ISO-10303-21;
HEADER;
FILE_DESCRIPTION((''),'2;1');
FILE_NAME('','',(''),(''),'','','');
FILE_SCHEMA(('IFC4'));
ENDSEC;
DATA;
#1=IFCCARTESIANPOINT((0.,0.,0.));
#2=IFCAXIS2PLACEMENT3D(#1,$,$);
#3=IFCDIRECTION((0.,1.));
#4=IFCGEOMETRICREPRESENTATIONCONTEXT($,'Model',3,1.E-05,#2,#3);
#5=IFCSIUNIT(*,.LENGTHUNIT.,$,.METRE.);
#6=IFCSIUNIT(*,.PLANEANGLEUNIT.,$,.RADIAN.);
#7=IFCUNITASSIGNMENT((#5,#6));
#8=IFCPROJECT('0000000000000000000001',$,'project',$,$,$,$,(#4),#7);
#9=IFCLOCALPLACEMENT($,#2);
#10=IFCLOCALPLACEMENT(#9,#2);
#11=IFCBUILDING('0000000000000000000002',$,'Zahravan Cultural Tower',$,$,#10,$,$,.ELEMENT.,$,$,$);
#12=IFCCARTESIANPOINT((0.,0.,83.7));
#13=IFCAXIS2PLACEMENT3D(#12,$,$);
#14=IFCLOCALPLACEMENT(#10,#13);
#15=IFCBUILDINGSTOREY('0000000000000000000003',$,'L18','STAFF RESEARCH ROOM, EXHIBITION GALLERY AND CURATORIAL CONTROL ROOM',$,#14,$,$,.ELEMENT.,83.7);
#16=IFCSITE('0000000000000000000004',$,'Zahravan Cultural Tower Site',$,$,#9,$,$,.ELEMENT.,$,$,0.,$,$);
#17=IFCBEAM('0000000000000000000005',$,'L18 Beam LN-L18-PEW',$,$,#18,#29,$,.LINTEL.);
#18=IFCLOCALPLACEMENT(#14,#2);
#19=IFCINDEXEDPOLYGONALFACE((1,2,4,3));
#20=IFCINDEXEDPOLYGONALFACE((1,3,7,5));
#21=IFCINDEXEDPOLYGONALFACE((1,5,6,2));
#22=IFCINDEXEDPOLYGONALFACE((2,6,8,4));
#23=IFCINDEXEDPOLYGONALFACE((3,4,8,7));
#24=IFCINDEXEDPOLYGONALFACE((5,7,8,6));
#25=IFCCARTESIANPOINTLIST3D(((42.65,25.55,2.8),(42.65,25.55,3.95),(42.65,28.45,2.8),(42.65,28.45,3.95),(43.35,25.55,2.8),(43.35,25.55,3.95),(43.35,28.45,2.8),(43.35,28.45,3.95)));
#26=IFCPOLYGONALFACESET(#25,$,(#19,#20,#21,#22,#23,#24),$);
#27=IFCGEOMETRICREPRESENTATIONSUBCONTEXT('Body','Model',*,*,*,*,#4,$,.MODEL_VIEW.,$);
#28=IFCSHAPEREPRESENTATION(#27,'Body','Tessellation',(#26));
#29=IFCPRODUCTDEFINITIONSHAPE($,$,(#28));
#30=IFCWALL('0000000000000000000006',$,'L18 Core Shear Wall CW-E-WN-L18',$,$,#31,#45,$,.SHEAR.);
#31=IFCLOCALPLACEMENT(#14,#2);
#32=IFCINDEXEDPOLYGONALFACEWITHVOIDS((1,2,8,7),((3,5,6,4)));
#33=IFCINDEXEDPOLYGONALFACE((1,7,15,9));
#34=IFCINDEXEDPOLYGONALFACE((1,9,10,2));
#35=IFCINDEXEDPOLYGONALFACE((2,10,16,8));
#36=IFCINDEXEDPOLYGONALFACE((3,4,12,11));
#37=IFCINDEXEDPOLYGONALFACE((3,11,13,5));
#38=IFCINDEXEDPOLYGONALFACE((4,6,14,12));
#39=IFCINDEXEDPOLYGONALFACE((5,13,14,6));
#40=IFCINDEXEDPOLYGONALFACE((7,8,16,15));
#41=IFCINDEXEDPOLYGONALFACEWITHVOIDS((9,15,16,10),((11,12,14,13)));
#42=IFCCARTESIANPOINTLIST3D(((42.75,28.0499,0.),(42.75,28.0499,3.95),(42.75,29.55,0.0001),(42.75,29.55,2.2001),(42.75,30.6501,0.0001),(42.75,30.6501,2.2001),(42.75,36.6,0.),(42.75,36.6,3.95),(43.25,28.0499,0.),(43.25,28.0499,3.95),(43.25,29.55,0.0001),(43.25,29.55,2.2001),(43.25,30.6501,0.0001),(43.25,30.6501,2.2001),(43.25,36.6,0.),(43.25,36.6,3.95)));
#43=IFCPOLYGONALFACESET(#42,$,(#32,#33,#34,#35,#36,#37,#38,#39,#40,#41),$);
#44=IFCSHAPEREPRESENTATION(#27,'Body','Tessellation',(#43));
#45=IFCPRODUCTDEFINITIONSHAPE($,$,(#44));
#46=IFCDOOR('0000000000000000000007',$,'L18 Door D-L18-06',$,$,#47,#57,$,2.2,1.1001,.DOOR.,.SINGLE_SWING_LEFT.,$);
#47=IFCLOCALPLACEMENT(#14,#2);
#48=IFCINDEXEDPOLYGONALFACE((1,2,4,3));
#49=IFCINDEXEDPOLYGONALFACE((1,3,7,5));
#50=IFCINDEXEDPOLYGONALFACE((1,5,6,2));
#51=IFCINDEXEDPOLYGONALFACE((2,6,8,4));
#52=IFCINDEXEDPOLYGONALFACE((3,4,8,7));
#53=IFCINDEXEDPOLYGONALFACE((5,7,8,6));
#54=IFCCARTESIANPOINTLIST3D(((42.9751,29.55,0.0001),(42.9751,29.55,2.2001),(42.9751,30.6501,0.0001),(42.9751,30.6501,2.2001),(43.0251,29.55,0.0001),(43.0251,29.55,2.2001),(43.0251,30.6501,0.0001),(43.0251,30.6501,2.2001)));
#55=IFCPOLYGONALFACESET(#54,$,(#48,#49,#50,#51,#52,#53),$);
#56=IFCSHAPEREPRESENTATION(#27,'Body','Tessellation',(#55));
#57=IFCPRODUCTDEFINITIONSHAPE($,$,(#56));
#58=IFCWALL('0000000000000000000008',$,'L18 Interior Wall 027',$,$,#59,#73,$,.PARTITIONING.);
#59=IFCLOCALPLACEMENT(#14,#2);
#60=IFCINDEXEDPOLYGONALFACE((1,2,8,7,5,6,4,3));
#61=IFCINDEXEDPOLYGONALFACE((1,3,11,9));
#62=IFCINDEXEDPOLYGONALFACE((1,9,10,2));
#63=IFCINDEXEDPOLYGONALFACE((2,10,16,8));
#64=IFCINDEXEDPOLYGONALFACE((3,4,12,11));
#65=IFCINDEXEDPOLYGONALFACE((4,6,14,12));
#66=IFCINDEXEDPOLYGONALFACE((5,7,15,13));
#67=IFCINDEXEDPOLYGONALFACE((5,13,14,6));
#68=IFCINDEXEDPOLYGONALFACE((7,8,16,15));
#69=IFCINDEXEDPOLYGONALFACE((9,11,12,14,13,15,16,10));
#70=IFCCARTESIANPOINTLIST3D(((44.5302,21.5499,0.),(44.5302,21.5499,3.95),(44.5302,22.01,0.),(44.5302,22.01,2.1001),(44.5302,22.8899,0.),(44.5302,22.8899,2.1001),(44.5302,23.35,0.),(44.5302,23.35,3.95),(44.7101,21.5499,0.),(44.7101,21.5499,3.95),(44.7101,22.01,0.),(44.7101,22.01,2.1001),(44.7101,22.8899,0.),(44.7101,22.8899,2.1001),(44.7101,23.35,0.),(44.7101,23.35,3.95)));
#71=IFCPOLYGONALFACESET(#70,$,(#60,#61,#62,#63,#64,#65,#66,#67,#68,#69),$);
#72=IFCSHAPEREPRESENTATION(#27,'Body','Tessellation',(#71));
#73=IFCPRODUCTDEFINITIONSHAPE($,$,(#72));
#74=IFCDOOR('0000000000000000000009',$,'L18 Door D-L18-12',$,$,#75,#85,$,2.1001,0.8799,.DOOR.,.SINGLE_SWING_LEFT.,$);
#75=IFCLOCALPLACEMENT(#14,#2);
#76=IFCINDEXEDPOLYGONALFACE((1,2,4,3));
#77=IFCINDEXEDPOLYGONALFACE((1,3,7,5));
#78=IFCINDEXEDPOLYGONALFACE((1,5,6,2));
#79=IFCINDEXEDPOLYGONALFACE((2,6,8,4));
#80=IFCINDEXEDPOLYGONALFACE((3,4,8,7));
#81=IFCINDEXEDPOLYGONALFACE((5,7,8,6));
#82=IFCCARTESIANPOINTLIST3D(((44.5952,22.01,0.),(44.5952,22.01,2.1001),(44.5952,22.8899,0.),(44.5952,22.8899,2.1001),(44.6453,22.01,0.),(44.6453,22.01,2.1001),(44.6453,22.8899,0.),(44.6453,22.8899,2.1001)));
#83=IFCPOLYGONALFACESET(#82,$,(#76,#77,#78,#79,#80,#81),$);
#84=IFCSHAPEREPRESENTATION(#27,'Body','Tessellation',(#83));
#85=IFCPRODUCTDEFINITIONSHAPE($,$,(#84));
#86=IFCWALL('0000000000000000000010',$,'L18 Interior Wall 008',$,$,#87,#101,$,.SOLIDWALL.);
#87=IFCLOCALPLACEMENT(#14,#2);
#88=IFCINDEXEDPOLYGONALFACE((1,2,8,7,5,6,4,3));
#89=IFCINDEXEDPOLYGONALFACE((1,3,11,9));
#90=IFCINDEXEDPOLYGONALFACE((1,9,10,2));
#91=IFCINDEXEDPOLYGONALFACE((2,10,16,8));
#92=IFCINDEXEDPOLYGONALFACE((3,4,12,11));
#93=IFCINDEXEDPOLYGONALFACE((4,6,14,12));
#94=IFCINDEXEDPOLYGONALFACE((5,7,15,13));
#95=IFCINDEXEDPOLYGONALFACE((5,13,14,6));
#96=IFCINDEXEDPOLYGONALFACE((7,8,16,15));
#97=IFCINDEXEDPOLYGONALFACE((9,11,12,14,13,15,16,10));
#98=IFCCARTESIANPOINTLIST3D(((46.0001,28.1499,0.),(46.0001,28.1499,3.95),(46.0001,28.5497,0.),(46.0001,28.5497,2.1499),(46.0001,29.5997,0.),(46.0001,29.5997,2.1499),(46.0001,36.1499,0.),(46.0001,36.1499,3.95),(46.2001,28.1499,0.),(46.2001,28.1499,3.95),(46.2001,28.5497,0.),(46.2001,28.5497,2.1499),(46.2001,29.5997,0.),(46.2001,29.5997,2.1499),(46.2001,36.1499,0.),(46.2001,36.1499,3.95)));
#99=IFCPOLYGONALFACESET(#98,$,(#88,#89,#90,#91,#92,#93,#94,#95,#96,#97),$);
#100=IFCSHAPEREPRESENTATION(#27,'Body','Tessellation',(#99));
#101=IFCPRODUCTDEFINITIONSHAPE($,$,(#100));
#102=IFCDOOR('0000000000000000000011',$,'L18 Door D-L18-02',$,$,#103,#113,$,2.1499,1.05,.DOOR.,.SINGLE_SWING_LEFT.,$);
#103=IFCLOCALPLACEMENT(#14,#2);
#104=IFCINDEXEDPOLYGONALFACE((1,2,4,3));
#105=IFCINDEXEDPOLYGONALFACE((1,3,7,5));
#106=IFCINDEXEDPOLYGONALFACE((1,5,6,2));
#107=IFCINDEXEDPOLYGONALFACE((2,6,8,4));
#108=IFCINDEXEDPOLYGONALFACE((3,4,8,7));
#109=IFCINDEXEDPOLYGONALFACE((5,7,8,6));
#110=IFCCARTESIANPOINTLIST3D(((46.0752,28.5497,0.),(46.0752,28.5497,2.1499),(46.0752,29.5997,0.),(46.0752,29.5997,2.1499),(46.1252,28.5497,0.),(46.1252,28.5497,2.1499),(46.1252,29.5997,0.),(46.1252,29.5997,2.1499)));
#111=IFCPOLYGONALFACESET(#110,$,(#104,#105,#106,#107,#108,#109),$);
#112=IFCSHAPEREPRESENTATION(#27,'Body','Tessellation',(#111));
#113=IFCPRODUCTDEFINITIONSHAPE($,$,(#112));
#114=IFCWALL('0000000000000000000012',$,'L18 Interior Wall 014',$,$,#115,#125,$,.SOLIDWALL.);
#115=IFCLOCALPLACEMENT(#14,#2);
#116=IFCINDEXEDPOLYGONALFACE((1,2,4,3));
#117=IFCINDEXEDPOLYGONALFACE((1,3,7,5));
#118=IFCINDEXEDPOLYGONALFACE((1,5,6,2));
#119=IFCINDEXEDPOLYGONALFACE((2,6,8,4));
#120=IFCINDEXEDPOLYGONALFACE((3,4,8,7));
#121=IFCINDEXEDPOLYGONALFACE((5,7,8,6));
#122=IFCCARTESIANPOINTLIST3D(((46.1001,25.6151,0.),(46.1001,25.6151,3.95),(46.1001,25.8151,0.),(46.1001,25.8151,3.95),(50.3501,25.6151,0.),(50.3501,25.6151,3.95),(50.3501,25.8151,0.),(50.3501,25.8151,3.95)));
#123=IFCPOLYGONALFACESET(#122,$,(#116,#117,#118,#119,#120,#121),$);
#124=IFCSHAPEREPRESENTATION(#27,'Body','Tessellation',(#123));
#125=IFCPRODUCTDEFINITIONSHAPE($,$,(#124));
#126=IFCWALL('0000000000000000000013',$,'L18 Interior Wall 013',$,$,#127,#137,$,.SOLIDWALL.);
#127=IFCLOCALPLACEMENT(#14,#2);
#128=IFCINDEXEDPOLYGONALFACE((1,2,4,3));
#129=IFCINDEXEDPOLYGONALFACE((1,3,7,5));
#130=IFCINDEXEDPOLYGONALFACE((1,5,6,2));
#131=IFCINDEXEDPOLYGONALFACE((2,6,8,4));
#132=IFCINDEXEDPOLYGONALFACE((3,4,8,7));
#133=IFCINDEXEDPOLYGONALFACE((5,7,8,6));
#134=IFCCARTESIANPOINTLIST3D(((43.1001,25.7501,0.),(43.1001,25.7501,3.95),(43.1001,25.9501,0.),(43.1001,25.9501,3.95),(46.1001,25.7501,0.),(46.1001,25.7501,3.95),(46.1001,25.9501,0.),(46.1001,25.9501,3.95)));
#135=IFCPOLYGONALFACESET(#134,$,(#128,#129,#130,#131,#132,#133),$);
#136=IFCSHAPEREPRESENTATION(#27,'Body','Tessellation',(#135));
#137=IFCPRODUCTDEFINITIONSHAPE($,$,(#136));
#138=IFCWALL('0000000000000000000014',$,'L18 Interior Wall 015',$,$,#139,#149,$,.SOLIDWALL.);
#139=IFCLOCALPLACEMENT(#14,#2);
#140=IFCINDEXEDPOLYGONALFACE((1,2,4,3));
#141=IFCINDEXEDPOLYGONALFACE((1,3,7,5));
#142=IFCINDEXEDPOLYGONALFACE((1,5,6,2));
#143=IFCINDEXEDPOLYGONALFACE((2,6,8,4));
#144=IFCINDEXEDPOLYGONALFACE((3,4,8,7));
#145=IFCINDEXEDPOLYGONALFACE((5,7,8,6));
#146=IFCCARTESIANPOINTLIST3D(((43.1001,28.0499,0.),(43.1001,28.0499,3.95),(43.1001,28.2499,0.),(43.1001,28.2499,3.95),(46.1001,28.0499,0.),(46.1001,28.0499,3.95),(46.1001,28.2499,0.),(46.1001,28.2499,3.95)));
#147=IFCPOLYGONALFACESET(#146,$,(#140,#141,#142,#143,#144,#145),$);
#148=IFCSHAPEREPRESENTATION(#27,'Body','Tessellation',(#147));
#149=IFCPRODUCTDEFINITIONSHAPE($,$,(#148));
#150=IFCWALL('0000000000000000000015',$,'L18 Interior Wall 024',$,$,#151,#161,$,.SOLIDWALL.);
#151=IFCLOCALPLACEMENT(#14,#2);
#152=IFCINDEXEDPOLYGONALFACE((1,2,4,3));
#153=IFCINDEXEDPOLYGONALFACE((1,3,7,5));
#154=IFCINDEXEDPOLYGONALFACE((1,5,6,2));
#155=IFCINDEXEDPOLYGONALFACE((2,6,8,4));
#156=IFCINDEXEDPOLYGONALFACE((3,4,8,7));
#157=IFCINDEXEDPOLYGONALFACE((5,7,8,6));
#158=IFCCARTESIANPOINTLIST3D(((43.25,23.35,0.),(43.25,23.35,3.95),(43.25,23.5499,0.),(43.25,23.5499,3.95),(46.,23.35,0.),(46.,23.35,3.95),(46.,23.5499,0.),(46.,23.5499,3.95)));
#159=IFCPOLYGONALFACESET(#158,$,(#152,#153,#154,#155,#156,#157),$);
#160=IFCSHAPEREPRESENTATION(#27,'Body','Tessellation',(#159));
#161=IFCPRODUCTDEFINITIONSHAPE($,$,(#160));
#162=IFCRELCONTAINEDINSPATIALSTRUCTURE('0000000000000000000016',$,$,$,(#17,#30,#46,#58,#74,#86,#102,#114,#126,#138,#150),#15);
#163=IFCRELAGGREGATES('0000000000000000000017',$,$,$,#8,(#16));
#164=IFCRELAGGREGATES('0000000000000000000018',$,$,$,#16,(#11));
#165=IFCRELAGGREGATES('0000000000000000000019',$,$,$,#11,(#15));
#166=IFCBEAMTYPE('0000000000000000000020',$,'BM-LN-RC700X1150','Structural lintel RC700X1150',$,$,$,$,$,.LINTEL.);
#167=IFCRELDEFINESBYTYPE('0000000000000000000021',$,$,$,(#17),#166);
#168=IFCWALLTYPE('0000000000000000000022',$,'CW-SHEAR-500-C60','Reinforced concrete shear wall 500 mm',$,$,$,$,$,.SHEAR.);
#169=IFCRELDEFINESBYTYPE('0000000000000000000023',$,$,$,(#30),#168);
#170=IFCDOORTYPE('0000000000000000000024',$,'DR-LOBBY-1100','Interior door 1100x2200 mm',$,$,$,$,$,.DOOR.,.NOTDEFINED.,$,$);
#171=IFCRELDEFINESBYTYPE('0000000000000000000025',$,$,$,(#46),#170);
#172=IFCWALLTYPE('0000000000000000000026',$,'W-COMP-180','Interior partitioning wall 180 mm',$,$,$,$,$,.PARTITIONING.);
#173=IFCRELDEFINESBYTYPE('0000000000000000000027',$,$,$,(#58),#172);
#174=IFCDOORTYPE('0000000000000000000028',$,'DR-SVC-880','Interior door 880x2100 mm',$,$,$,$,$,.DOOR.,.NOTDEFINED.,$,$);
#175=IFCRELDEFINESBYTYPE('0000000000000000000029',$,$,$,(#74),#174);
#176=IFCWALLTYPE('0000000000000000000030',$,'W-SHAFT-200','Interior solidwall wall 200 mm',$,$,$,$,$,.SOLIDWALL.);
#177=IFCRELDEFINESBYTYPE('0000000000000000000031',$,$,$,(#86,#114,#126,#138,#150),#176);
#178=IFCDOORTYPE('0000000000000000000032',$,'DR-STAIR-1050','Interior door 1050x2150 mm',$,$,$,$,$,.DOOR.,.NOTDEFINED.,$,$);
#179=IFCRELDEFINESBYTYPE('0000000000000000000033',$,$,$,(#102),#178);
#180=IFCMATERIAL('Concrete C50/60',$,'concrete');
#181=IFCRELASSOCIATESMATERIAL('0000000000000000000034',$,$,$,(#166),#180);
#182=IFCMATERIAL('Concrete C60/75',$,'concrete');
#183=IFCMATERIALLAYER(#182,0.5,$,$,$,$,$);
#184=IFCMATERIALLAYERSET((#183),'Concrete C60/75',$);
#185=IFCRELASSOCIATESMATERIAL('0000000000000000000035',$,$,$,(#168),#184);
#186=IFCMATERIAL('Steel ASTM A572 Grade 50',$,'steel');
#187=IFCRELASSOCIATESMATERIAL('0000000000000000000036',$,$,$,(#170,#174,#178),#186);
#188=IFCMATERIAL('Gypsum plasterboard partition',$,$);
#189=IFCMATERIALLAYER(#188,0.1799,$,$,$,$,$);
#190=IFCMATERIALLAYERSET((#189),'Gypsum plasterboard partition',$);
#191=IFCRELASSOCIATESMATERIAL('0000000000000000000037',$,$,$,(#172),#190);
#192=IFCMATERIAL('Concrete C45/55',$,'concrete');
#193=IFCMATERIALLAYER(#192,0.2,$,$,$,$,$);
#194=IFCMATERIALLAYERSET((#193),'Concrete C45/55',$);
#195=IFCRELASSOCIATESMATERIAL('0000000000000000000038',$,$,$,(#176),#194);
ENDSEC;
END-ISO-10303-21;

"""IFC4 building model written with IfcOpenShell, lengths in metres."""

from ifc_helpers import new_model, si_unit, direction, frame, frame_2d, origin, origin_2d, place, context, subcontext, project, spatial, rectangle, extrude, source, transform, mapped, material, layer, layer_set, material_profile, profile_set, type_object, element, fill, save


model = new_model("IFC4")

# Units and contexts
model_context = context("Model", 3, precision=1e-05, world=origin(), true_north=direction((0.0, 1.0)))
body_context = subcontext(model_context, "Body", "Model", "MODEL_VIEW")
ifc_project = project(units=[si_unit("LENGTHUNIT", "METRE"), si_unit("PLANEANGLEUNIT", "RADIAN")], contexts=[model_context])

# Site, building, storey
site_placement = place(None, origin())
site = spatial("IfcSite", under=ifc_project, at=site_placement, Name="Zahravan Cultural Tower Site", CompositionType="ELEMENT", RefElevation=0.0)
building_placement = place(site_placement, origin())
building = spatial("IfcBuilding", under=site, at=building_placement, Name="Zahravan Cultural Tower", CompositionType="ELEMENT")
storey_placement = place(building_placement, frame((0.0, 0.0, 83.7)))
storey = spatial("IfcBuildingStorey", under=building, at=storey_placement, Name="L18", Description="STAFF RESEARCH ROOM, EXHIBITION GALLERY AND CURATORIAL CONTROL ROOM", CompositionType="ELEMENT", Elevation=83.7)

# Beam
ifc_material_1 = material(Name="Concrete C50/60", Category="concrete")
ifc_material_profile = material_profile(ifc_material_1, rectangle(XDim=0.7, YDim=1.1499, at=origin_2d()), Name="RC700X1150")
ifc_profile_set = profile_set([ifc_material_profile], Name="Concrete C50/60")
beam_type = type_object("IfcBeamType", Name="BM-LN-RC700X1150", Description="Structural lintel RC700X1150", PredefinedType="LINTEL", material=ifc_profile_set)
shared_shape_1 = source(origin(), body_context, "Body", "SweptSolid", [
    extrude(rectangle(XDim=0.7, YDim=1.1499, at=origin_2d()), origin(), (0.0, 0.0, 1.0), 2.8999),
])
beam_placement = place(storey_placement, frame((43.0, 25.55, 3.375), z_axis=(0.0, 1.0, 0.0), x_axis=(-1.0, 0.0, 0.0)))
element("IfcBeam", 1, at=beam_placement, inside=storey, type_object=beam_type, Name="L18 Beam LN-L18-PEW", PredefinedType="LINTEL", context=body_context, shape_type="MappedRepresentation", body=[
    mapped(shared_shape_1, transform((0.0, 0.0, 0.0), x_axis=(1.0, 0.0, 0.0), y_axis=(0.0, 1.0, 0.0), z_axis=(0.0, 0.0, 1.0), scale=1.0)),
])

# Walls, openings, doors
ifc_material_2 = material(Name="Concrete C60/75", Category="concrete")
ifc_layer_1 = layer(ifc_material_2, 0.5)
ifc_layer_set_1 = layer_set([ifc_layer_1], Name="Concrete C60/75")
wall_type_1 = type_object("IfcWallType", Name="CW-SHEAR-500-C60", Description="Reinforced concrete shear wall 500 mm", PredefinedType="SHEAR", material=ifc_layer_set_1)
wall_1_placement = place(storey_placement, frame((43.0, 28.05, 0.0), z_axis=(0.0, 0.0, 1.0), x_axis=(0.0, 1.0, 0.0)))
wall_1 = element("IfcWall", 2, at=wall_1_placement, inside=storey, type_object=wall_type_1, Name="L18 Core Shear Wall CW-E-WN-L18", PredefinedType="SHEAR", context=body_context, shape_type="SweptSolid", body=[
    extrude(rectangle(XDim=8.55, YDim=0.5, at=frame_2d((4.2749, 0.0))), origin(), (0.0, 0.0, 1.0), 3.95),
])
opening_1_placement = place(wall_1_placement, frame((1.5, 0.0, 0.0)))
opening_1 = element("IfcOpeningElement", 3, at=opening_1_placement, cuts=wall_1, PredefinedType="OPENING", context=body_context, shape_type="SweptSolid", body=[
    extrude(rectangle(XDim=1.1001, YDim=2.2, at=frame_2d((0.55, 1.1001))), frame((0.0, 0.26, 0.0), z_axis=(0.0, -1.0, 0.0), x_axis=(1.0, 0.0, 0.0)), (0.0, 0.0, 1.0), 0.52),
])
ifc_material_3 = material(Name="Steel ASTM A572 Grade 50", Category="steel")
door_type_1 = type_object("IfcDoorType", Name="DR-LOBBY-1100", Description="Interior door 1100x2200 mm", OperationType="NOTDEFINED", PredefinedType="DOOR", material=ifc_material_3)
shared_shape_2 = source(origin(), body_context, "Body", "SweptSolid", [
    extrude(rectangle(XDim=1.1001, YDim=2.2, at=frame_2d((0.55, 1.1001))), frame((0.0, 0.0249, 0.0), z_axis=(0.0, -1.0, 0.0), x_axis=(1.0, 0.0, 0.0)), (0.0, 0.0, 1.0), 0.05),
])
door_1_placement = place(opening_1_placement, origin())
door_1 = element("IfcDoor", 4, at=door_1_placement, inside=storey, type_object=door_type_1, Name="L18 Door D-L18-06", OperationType="SINGLE_SWING_LEFT", OverallHeight=2.2, OverallWidth=1.1001, PredefinedType="DOOR", context=body_context, shape_type="MappedRepresentation", body=[
    mapped(shared_shape_2, transform((0.0, 0.0, 0.0), x_axis=(1.0, 0.0, 0.0), y_axis=(0.0, 1.0, 0.0), z_axis=(0.0, 0.0, 1.0), scale=1.0)),
])
fill(opening_1, door_1)
ifc_material_4 = material(Name="Gypsum plasterboard partition")
ifc_layer_2 = layer(ifc_material_4, 0.1799)
ifc_layer_set_2 = layer_set([ifc_layer_2], Name="Gypsum plasterboard partition")
wall_type_2 = type_object("IfcWallType", Name="W-COMP-180", Description="Interior partitioning wall 180 mm", PredefinedType="PARTITIONING", material=ifc_layer_set_2)
wall_2_placement = place(storey_placement, frame((44.6201, 21.55, 0.0), z_axis=(0.0, 0.0, 1.0), x_axis=(0.0, 1.0, 0.0)))
wall_2 = element("IfcWall", 5, at=wall_2_placement, inside=storey, type_object=wall_type_2, Name="L18 Interior Wall 027", PredefinedType="PARTITIONING", context=body_context, shape_type="SweptSolid", body=[
    extrude(rectangle(XDim=1.8, YDim=0.1799, at=frame_2d((0.8999, 0.0))), origin(), (0.0, 0.0, 1.0), 3.95),
])
opening_2_placement = place(wall_2_placement, frame((0.46, 0.0, 0.0)))
opening_2 = element("IfcOpeningElement", 6, at=opening_2_placement, cuts=wall_2, PredefinedType="OPENING", context=body_context, shape_type="SweptSolid", body=[
    extrude(rectangle(XDim=0.8799, YDim=2.1001, at=frame_2d((0.4399, 1.05))), frame((0.0, 0.0999, 0.0), z_axis=(0.0, -1.0, 0.0), x_axis=(1.0, 0.0, 0.0)), (0.0, 0.0, 1.0), 0.2),
])
door_type_2 = type_object("IfcDoorType", Name="DR-SVC-880", Description="Interior door 880x2100 mm", OperationType="NOTDEFINED", PredefinedType="DOOR", material=ifc_material_3)
shared_shape_3 = source(origin(), body_context, "Body", "SweptSolid", [
    extrude(rectangle(XDim=0.8799, YDim=2.1001, at=frame_2d((0.4399, 1.05))), frame((0.0, 0.0249, 0.0), z_axis=(0.0, -1.0, 0.0), x_axis=(1.0, 0.0, 0.0)), (0.0, 0.0, 1.0), 0.05),
])
door_2_placement = place(opening_2_placement, origin())
door_2 = element("IfcDoor", 7, at=door_2_placement, inside=storey, type_object=door_type_2, Name="L18 Door D-L18-12", OperationType="SINGLE_SWING_LEFT", OverallHeight=2.1001, OverallWidth=0.8799, PredefinedType="DOOR", context=body_context, shape_type="MappedRepresentation", body=[
    mapped(shared_shape_3, transform((0.0, 0.0, 0.0), x_axis=(1.0, 0.0, 0.0), y_axis=(0.0, 1.0, 0.0), z_axis=(0.0, 0.0, 1.0), scale=1.0)),
])
fill(opening_2, door_2)
ifc_material_5 = material(Name="Concrete C45/55", Category="concrete")
ifc_layer_3 = layer(ifc_material_5, 0.2)
ifc_layer_set_3 = layer_set([ifc_layer_3], Name="Concrete C45/55")
wall_type_3 = type_object("IfcWallType", Name="W-SHAFT-200", Description="Interior solidwall wall 200 mm", PredefinedType="SOLIDWALL", material=ifc_layer_set_3)
wall_3_placement = place(storey_placement, frame((46.1001, 28.1499, 0.0), z_axis=(0.0, 0.0, 1.0), x_axis=(0.0, 1.0, 0.0)))
wall_3 = element("IfcWall", 8, at=wall_3_placement, inside=storey, type_object=wall_type_3, Name="L18 Interior Wall 008", PredefinedType="SOLIDWALL", context=body_context, shape_type="SweptSolid", body=[
    extrude(rectangle(XDim=8.0, YDim=0.2, at=frame_2d((4.0, 0.0))), origin(), (0.0, 0.0, 1.0), 3.95),
])
opening_3_placement = place(wall_3_placement, frame((0.3999, 0.0, 0.0)))
opening_3 = element("IfcOpeningElement", 9, at=opening_3_placement, cuts=wall_3, PredefinedType="OPENING", context=body_context, shape_type="SweptSolid", body=[
    extrude(rectangle(XDim=1.05, YDim=2.1499, at=frame_2d((0.5249, 1.075))), frame((0.0, 0.1099, 0.0), z_axis=(0.0, -1.0, 0.0), x_axis=(1.0, 0.0, 0.0)), (0.0, 0.0, 1.0), 0.22),
])
door_type_3 = type_object("IfcDoorType", Name="DR-STAIR-1050", Description="Interior door 1050x2150 mm", OperationType="NOTDEFINED", PredefinedType="DOOR", material=ifc_material_3)
shared_shape_4 = source(origin(), body_context, "Body", "SweptSolid", [
    extrude(rectangle(XDim=1.05, YDim=2.1499, at=frame_2d((0.5249, 1.075))), frame((0.0, 0.0249, 0.0), z_axis=(0.0, -1.0, 0.0), x_axis=(1.0, 0.0, 0.0)), (0.0, 0.0, 1.0), 0.05),
])
door_3_placement = place(opening_3_placement, origin())
door_3 = element("IfcDoor", 10, at=door_3_placement, inside=storey, type_object=door_type_3, Name="L18 Door D-L18-02", OperationType="SINGLE_SWING_LEFT", OverallHeight=2.1499, OverallWidth=1.05, PredefinedType="DOOR", context=body_context, shape_type="MappedRepresentation", body=[
    mapped(shared_shape_4, transform((0.0, 0.0, 0.0), x_axis=(1.0, 0.0, 0.0), y_axis=(0.0, 1.0, 0.0), z_axis=(0.0, 0.0, 1.0), scale=1.0)),
])
fill(opening_3, door_3)

# Walls
shared_shape_5 = source(origin(), body_context, "Body", "SweptSolid", [
    extrude(rectangle(XDim=4.25, YDim=0.2, at=frame_2d((2.125, 0.0))), origin(), (0.0, 0.0, 1.0), 3.95),
])
wall_4_placement = place(storey_placement, frame((46.1001, 25.7151, 0.0), z_axis=(0.0, 0.0, 1.0), x_axis=(1.0, 0.0, 0.0)))
element("IfcWall", 11, at=wall_4_placement, inside=storey, type_object=wall_type_3, Name="L18 Interior Wall 014", PredefinedType="SOLIDWALL", context=body_context, shape_type="MappedRepresentation", body=[
    mapped(shared_shape_5, transform((0.0, 0.0, 0.0), x_axis=(1.0, 0.0, 0.0), y_axis=(0.0, 1.0, 0.0), z_axis=(0.0, 0.0, 1.0), scale=1.0)),
])
shared_shape_6 = source(origin(), body_context, "Body", "SweptSolid", [
    extrude(rectangle(XDim=3.0, YDim=0.2, at=frame_2d((1.5, 0.0))), origin(), (0.0, 0.0, 1.0), 3.95),
])
for number, where, z_axis, x_axis, name in (
    (12, (43.1001, 25.8501, 0.0), (0.0, 0.0, 1.0), (1.0, 0.0, 0.0), "L18 Interior Wall 013"),
    (13, (43.1001, 28.1499, 0.0), (0.0, 0.0, 1.0), (1.0, 0.0, 0.0), "L18 Interior Wall 015"),
):
    element("IfcWall", number, at=place(storey_placement, frame(where, z_axis=z_axis, x_axis=x_axis)), inside=storey, type_object=wall_type_3, Name=name, PredefinedType="SOLIDWALL", context=body_context, shape_type="MappedRepresentation", body=[
        mapped(shared_shape_6, transform((0.0, 0.0, 0.0), x_axis=(1.0, 0.0, 0.0), y_axis=(0.0, 1.0, 0.0), z_axis=(0.0, 0.0, 1.0), scale=1.0)),
    ])
shared_shape_7 = source(origin(), body_context, "Body", "SweptSolid", [
    extrude(rectangle(XDim=2.75, YDim=0.2, at=frame_2d((1.375, 0.0))), origin(), (0.0, 0.0, 1.0), 3.95),
])
for number, where, z_axis, x_axis, name in (
    (14, (43.25, 23.45, 0.0), (0.0, 0.0, 1.0), (1.0, 0.0, 0.0), "L18 Interior Wall 024"),
):
    element("IfcWall", number, at=place(storey_placement, frame(where, z_axis=z_axis, x_axis=x_axis)), inside=storey, type_object=wall_type_3, Name=name, PredefinedType="SOLIDWALL", context=body_context, shape_type="MappedRepresentation", body=[
        mapped(shared_shape_7, transform((0.0, 0.0, 0.0), x_axis=(1.0, 0.0, 0.0), y_axis=(0.0, 1.0, 0.0), z_axis=(0.0, 0.0, 1.0), scale=1.0)),
    ])

save(model, "model.ifc")
